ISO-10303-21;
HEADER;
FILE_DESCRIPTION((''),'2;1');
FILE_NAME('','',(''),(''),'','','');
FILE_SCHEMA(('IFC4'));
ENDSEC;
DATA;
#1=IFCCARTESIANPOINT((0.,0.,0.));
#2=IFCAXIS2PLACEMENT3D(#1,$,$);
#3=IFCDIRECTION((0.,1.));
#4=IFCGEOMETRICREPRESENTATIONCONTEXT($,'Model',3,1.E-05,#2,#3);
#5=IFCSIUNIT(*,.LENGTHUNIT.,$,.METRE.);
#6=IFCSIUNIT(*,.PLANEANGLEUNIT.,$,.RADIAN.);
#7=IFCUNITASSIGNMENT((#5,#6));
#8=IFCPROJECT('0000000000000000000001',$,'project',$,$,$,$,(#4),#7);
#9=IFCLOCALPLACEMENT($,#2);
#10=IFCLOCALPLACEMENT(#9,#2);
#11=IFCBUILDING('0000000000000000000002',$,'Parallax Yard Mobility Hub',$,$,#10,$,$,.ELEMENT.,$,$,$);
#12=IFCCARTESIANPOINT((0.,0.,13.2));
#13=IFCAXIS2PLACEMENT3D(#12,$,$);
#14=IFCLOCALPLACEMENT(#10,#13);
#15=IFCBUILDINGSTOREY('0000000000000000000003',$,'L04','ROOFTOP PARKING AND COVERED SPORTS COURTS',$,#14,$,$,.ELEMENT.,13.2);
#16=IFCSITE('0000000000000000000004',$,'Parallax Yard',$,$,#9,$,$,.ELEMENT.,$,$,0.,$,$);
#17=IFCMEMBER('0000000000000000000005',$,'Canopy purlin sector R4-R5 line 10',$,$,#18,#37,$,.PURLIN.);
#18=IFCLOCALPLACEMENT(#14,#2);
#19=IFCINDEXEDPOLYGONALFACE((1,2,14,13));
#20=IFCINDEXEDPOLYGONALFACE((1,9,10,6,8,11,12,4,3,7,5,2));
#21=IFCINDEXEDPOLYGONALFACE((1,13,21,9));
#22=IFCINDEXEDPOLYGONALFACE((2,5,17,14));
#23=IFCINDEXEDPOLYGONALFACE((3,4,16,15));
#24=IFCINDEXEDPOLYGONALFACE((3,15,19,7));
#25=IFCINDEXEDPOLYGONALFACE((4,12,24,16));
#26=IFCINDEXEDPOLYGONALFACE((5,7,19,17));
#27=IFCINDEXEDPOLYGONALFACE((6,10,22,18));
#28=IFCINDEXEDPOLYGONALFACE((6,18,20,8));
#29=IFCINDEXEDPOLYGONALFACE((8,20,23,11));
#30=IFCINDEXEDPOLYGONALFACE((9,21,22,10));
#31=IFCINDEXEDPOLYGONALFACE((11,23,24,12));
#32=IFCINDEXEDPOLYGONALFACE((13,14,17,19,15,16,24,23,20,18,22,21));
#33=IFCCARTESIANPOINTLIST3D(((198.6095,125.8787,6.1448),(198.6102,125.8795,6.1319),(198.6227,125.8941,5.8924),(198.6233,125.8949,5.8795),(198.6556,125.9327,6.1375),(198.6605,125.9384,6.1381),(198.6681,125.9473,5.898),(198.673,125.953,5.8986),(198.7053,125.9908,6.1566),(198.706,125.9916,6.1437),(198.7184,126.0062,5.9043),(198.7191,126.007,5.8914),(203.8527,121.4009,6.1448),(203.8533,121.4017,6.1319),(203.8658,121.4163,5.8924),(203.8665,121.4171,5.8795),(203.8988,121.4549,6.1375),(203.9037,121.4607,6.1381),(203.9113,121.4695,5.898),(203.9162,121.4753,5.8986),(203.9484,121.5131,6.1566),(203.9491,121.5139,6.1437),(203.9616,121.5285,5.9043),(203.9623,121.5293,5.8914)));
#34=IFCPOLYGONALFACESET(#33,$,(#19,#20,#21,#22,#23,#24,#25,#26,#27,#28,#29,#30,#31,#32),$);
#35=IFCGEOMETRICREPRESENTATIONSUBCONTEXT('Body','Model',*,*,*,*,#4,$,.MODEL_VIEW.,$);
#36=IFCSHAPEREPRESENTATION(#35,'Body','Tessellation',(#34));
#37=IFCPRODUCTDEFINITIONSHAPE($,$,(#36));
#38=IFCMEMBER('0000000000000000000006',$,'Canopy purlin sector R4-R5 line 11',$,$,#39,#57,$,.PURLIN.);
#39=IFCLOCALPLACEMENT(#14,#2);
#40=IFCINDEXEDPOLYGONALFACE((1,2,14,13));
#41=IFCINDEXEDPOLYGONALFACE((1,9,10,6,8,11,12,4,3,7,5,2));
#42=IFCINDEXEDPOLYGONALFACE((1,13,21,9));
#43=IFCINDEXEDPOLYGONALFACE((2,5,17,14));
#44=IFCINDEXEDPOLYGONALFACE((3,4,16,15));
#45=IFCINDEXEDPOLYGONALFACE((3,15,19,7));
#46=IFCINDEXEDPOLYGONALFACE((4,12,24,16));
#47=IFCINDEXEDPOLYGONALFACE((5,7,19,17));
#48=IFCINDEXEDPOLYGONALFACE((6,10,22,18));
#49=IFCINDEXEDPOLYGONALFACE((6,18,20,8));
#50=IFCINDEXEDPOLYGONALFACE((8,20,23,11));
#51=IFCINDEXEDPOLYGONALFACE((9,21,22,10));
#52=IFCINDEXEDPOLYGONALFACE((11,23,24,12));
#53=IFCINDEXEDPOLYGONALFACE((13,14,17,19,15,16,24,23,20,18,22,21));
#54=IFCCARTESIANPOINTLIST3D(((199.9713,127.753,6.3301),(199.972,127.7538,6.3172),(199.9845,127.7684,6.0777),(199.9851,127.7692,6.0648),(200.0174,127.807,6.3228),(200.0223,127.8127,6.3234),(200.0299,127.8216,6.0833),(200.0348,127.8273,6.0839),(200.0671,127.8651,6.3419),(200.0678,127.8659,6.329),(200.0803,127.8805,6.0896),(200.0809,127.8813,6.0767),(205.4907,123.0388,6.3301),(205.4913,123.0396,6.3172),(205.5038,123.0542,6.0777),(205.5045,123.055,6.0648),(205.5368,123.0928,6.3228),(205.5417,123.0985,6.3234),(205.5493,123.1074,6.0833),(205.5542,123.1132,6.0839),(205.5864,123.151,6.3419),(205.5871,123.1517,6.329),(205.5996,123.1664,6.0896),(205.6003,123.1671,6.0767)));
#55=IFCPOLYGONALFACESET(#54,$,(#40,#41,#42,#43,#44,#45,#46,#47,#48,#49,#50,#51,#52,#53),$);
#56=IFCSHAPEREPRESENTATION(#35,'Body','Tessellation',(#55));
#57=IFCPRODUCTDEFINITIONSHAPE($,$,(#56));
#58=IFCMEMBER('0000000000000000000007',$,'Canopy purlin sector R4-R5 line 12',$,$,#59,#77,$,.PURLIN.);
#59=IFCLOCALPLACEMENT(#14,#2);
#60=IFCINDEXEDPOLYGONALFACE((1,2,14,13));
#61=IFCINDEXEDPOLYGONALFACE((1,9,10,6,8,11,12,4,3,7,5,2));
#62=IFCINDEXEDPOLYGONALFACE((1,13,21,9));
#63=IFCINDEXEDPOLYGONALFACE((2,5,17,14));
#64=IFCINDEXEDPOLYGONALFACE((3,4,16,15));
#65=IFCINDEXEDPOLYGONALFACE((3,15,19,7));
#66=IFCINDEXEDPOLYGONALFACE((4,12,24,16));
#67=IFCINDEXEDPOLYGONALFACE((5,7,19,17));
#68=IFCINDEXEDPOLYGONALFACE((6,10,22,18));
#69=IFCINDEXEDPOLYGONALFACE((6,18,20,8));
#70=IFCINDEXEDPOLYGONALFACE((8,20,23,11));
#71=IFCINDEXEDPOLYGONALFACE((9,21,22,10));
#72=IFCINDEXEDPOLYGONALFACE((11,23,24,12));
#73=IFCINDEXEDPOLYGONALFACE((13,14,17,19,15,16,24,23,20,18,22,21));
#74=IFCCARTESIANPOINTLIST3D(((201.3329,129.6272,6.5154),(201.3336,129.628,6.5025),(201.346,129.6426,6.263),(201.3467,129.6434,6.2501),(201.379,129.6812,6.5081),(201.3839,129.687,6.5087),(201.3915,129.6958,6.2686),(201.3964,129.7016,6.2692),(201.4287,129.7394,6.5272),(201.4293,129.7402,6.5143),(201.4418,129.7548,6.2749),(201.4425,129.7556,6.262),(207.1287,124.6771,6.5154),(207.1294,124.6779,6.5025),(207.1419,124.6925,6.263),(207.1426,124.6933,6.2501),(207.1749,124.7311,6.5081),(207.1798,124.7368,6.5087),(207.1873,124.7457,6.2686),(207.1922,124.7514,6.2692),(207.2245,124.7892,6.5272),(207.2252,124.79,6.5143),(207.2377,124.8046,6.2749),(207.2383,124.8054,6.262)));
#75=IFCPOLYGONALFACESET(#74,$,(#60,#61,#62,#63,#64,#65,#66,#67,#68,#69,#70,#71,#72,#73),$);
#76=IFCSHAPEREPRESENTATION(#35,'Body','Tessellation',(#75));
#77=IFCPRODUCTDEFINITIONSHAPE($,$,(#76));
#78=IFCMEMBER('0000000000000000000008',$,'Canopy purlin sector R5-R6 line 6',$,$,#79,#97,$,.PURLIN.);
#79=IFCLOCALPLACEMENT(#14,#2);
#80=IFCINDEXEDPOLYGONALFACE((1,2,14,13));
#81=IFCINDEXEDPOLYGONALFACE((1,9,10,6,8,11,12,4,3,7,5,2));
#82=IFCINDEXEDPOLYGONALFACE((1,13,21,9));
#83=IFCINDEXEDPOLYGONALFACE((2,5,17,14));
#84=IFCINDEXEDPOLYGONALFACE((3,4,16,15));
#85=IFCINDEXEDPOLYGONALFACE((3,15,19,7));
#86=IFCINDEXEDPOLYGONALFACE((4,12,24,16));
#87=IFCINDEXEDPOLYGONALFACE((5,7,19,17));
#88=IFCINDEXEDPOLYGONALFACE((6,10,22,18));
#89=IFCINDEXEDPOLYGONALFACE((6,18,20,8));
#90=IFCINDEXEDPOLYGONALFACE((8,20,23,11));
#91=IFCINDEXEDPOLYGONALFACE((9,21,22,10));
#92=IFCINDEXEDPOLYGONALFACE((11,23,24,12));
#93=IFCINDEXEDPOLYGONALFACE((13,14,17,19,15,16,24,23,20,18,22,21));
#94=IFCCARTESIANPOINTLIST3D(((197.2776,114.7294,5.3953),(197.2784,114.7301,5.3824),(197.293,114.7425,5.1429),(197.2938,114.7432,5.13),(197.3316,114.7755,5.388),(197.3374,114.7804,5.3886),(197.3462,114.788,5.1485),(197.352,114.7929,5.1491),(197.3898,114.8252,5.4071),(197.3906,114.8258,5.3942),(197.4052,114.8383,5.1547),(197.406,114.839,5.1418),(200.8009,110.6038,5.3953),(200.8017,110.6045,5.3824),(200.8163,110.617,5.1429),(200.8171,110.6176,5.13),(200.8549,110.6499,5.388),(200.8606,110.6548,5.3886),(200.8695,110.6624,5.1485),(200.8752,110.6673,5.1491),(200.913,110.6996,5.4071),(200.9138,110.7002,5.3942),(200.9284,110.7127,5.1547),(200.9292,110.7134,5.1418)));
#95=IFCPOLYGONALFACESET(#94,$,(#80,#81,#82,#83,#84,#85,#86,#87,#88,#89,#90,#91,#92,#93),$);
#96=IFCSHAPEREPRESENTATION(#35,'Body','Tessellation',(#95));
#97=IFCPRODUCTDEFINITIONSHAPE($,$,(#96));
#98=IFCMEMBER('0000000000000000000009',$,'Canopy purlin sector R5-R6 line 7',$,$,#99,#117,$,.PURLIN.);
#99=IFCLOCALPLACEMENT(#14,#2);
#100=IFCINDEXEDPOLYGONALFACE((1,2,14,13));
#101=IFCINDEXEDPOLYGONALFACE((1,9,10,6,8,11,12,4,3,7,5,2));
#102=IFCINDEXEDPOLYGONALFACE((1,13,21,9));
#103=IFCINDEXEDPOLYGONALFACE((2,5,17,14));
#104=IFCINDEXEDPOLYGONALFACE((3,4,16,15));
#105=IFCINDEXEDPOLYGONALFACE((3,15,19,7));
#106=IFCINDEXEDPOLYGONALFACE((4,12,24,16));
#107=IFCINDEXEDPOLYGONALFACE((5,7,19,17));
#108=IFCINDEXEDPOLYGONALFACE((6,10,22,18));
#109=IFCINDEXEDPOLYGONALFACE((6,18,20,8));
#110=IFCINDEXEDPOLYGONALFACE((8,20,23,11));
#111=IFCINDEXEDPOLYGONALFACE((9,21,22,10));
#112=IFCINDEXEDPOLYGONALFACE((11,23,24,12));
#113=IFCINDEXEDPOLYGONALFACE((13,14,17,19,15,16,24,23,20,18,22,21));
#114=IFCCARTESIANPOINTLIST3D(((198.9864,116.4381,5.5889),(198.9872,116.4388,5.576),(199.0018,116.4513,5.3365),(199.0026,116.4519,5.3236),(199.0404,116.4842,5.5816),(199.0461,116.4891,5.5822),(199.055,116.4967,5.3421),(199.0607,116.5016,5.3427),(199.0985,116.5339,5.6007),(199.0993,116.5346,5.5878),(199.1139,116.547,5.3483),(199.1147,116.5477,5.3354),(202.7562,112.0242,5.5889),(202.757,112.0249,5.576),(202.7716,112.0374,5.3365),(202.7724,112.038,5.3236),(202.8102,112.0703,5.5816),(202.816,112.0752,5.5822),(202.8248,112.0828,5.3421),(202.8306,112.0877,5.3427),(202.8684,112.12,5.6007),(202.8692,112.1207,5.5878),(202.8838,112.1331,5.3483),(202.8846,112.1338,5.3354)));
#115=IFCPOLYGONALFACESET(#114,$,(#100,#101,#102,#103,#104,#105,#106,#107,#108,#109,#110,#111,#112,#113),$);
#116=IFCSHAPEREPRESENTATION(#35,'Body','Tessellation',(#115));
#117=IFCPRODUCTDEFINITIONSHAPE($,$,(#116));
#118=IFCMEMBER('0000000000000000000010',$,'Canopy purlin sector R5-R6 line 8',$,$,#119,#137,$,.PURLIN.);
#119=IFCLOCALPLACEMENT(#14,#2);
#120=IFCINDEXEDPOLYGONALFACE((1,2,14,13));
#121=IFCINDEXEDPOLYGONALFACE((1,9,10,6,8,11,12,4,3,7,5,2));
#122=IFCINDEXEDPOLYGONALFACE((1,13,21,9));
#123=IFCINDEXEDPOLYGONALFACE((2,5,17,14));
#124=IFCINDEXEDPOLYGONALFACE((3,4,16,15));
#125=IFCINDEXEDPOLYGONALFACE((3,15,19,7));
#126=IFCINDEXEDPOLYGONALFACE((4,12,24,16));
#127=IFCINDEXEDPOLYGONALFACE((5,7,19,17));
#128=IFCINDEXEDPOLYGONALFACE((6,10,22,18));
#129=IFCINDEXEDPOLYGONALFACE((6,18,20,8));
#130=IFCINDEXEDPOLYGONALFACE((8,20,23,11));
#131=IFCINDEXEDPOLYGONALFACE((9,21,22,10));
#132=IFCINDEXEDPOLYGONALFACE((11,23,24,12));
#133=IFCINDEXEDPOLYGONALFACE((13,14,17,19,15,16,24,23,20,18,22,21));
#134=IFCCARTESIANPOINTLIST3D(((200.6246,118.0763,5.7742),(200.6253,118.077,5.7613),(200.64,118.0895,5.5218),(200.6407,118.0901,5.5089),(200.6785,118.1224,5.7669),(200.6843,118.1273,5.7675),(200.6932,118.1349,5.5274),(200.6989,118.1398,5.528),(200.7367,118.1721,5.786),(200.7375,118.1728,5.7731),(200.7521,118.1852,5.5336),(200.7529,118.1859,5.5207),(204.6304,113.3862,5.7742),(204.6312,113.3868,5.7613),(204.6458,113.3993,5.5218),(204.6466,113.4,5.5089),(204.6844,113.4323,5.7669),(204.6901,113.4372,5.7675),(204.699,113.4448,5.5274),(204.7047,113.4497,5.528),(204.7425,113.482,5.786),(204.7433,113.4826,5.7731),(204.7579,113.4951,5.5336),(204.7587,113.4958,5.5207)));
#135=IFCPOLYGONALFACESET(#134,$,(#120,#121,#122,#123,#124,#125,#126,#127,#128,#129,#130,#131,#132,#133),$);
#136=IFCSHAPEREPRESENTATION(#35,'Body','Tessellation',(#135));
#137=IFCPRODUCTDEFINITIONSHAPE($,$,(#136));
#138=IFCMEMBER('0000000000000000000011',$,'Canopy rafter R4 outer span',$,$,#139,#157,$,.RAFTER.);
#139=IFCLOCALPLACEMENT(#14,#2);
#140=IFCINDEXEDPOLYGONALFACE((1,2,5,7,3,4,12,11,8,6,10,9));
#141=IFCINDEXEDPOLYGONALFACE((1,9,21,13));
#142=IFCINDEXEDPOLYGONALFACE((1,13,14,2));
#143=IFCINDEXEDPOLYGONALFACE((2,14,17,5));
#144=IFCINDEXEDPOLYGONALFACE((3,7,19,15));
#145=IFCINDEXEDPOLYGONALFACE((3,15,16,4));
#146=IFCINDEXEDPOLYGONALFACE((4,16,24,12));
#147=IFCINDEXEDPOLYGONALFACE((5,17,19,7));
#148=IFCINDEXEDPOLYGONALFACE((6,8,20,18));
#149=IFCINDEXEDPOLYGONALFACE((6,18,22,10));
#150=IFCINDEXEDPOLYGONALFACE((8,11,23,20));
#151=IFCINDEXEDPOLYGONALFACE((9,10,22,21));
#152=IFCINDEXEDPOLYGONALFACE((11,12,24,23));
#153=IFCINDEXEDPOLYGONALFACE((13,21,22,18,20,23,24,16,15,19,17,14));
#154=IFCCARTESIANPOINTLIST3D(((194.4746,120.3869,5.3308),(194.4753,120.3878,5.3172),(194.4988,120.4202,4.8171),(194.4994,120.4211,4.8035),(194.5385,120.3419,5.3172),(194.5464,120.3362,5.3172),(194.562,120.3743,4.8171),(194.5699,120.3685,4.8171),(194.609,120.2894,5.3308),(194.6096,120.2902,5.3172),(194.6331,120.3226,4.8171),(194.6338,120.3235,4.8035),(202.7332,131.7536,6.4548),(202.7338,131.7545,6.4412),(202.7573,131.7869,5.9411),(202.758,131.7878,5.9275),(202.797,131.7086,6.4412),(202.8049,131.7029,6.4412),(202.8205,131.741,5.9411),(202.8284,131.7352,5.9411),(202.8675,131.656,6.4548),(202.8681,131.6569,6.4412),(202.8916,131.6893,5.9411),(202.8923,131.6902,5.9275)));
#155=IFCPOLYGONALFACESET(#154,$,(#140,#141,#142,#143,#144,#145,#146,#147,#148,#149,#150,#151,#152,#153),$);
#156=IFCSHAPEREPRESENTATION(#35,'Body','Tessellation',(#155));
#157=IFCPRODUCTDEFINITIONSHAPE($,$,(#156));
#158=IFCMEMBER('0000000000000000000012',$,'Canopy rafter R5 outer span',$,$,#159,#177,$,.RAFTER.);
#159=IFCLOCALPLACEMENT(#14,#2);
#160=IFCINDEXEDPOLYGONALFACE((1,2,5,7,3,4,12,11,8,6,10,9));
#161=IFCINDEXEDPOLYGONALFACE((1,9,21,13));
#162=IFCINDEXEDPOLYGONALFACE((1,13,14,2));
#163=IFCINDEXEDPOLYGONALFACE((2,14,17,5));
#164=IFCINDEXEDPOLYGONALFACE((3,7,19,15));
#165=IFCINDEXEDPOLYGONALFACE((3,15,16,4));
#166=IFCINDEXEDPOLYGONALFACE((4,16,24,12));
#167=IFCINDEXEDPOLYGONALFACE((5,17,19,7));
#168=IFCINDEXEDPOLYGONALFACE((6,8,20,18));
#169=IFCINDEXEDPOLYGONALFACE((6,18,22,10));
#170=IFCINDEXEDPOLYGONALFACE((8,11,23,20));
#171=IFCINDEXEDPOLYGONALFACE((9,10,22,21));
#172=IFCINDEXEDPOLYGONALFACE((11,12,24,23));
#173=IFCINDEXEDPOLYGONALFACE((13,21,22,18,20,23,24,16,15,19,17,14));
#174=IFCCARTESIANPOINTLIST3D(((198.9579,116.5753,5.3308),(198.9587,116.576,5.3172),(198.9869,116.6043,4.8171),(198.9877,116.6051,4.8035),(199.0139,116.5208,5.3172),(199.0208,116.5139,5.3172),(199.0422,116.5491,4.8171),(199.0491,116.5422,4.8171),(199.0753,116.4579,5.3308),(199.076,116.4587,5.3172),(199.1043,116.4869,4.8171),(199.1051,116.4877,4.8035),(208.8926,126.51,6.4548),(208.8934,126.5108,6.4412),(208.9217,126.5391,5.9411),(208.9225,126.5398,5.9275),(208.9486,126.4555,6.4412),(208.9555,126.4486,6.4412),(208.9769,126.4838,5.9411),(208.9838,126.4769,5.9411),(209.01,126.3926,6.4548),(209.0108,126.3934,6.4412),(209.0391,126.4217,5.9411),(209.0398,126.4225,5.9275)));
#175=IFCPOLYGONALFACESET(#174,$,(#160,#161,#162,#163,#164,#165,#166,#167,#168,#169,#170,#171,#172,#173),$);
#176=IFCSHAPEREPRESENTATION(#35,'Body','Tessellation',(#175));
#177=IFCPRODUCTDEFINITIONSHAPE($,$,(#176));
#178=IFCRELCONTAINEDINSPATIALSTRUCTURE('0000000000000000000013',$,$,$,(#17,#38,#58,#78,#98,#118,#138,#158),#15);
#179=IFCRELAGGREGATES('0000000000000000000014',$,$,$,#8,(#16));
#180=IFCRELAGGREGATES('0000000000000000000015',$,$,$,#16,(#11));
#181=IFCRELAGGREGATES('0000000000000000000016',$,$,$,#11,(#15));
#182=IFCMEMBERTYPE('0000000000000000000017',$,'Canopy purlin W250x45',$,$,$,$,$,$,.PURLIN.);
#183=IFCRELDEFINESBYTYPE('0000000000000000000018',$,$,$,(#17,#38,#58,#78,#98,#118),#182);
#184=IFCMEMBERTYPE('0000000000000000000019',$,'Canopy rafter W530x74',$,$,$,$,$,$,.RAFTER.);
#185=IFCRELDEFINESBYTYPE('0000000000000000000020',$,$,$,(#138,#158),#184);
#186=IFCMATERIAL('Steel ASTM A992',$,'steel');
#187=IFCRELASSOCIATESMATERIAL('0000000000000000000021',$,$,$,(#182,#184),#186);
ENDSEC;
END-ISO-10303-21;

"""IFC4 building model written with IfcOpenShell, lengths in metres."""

from ifc_helpers import new_model, si_unit, direction, frame, origin, origin_2d, place, context, subcontext, project, spatial, i_section, extrude, material, material_profile, profile_set, type_object, element, save


model = new_model("IFC4")

# Units and contexts
model_context = context("Model", 3, precision=1e-05, world=origin(), true_north=direction((0.0, 1.0)))
body_context = subcontext(model_context, "Body", "Model", "MODEL_VIEW")
ifc_project = project(units=[si_unit("LENGTHUNIT", "METRE"), si_unit("PLANEANGLEUNIT", "RADIAN")], contexts=[model_context])

# Site, building, storey
site_placement = place(None, origin())
site = spatial("IfcSite", under=ifc_project, at=site_placement, Name="Parallax Yard", CompositionType="ELEMENT", RefElevation=0.0)
building_placement = place(site_placement, origin())
building = spatial("IfcBuilding", under=site, at=building_placement, Name="Parallax Yard Mobility Hub", CompositionType="ELEMENT")
storey_placement = place(building_placement, frame((0.0, 0.0, 13.2)))
storey = spatial("IfcBuildingStorey", under=building, at=storey_placement, Name="L04", Description="ROOFTOP PARKING AND COVERED SPORTS COURTS", CompositionType="ELEMENT", Elevation=13.2)

# Members
ifc_material_1 = material(Name="Steel ASTM A992", Category="steel")
ifc_material_profile_1 = material_profile(ifc_material_1, i_section(OverallWidth=0.1479, OverallDepth=0.2661, WebThickness=0.0076, FlangeThickness=0.0129, at=origin_2d()), Name="W250x45")
ifc_profile_set_1 = profile_set([ifc_material_profile_1], Name="Steel ASTM A992")
member_type_1 = type_object("IfcMemberType", Name="Canopy purlin W250x45", PredefinedType="PURLIN", material=ifc_profile_set_1)
member_1_placement = place(storey_placement, frame((198.6643, 125.9429, 6.0181), z_axis=(0.760428, -0.649423, 0.0), x_axis=(0.647342, 0.757991, 0.07999)))
element("IfcMember", 1, at=member_1_placement, inside=storey, type_object=member_type_1, Name="Canopy purlin sector R4-R5 line 10", PredefinedType="PURLIN", context=body_context, shape_type="SweptSolid", body=[
    extrude(i_section(OverallWidth=0.1479, OverallDepth=0.2661, WebThickness=0.0076, FlangeThickness=0.0129, at=origin_2d()), origin(), (0.0, 0.0, 1.0), 6.895),
])
member_2_placement = place(storey_placement, frame((200.0261, 127.8171, 6.2034), z_axis=(0.760393, -0.649464, 0.0), x_axis=(0.647382, 0.757956, 0.07999)))
element("IfcMember", 2, at=member_2_placement, inside=storey, type_object=member_type_1, Name="Canopy purlin sector R4-R5 line 11", PredefinedType="PURLIN", context=body_context, shape_type="SweptSolid", body=[
    extrude(i_section(OverallWidth=0.1479, OverallDepth=0.2661, WebThickness=0.0076, FlangeThickness=0.0129, at=origin_2d()), origin(), (0.0, 0.0, 1.0), 7.2585),
])
member_3_placement = place(storey_placement, frame((201.3877, 129.6914, 6.3887), z_axis=(0.760404, -0.64945, 0.0), x_axis=(0.647369, 0.757967, 0.07999)))
element("IfcMember", 3, at=member_3_placement, inside=storey, type_object=member_type_1, Name="Canopy purlin sector R4-R5 line 12", PredefinedType="PURLIN", context=body_context, shape_type="SweptSolid", body=[
    extrude(i_section(OverallWidth=0.1479, OverallDepth=0.2661, WebThickness=0.0076, FlangeThickness=0.0129, at=origin_2d()), origin(), (0.0, 0.0, 1.0), 7.6221),
])
member_4_placement = place(storey_placement, frame((197.3418, 114.7842, 5.2686), z_axis=(0.649415, -0.760434, 0.0), x_axis=(0.757997, 0.647334, 0.07999)))
element("IfcMember", 4, at=member_4_placement, inside=storey, type_object=member_type_1, Name="Canopy purlin sector R5-R6 line 6", PredefinedType="PURLIN", context=body_context, shape_type="SweptSolid", body=[
    extrude(i_section(OverallWidth=0.1479, OverallDepth=0.2661, WebThickness=0.0076, FlangeThickness=0.0129, at=origin_2d()), origin(), (0.0, 0.0, 1.0), 5.4253),
])
member_5_placement = place(storey_placement, frame((199.0505, 116.4929, 5.4622), z_axis=(0.64945, -0.760404, 0.0), x_axis=(0.757968, 0.647369, 0.07999)))
element("IfcMember", 5, at=member_5_placement, inside=storey, type_object=member_type_1, Name="Canopy purlin sector R5-R6 line 7", PredefinedType="PURLIN", context=body_context, shape_type="SweptSolid", body=[
    extrude(i_section(OverallWidth=0.1479, OverallDepth=0.2661, WebThickness=0.0076, FlangeThickness=0.0129, at=origin_2d()), origin(), (0.0, 0.0, 1.0), 5.8047),
])
member_6_placement = place(storey_placement, frame((200.6887, 118.1311, 5.6475), z_axis=(0.649454, -0.760401, 0.0), x_axis=(0.757964, 0.647373, 0.07999)))
element("IfcMember", 6, at=member_6_placement, inside=storey, type_object=member_type_1, Name="Canopy purlin sector R5-R6 line 8", PredefinedType="PURLIN", context=body_context, shape_type="SweptSolid", body=[
    extrude(i_section(OverallWidth=0.1479, OverallDepth=0.2661, WebThickness=0.0076, FlangeThickness=0.0129, at=origin_2d()), origin(), (0.0, 0.0, 1.0), 6.168),
])
ifc_material_profile_2 = material_profile(ifc_material_1, i_section(OverallWidth=0.166, OverallDepth=0.5291, WebThickness=0.0098, FlangeThickness=0.0137, at=origin_2d()), Name="W530x74")
ifc_profile_set_2 = profile_set([ifc_material_profile_2], Name="Steel ASTM A992")
member_type_2 = type_object("IfcMemberType", Name="Canopy rafter W530x74", PredefinedType="RAFTER", material=ifc_profile_set_2)
member_7_placement = place(storey_placement, frame((194.5542, 120.3552, 5.0671), z_axis=(0.58592, 0.806435, 0.079746), x_axis=(-0.809012, 0.587792, 0.0)))
element("IfcMember", 7, at=member_7_placement, inside=storey, type_object=member_type_2, Name="Canopy rafter R4 outer span", PredefinedType="RAFTER", context=body_context, shape_type="SweptSolid", body=[
    extrude(i_section(OverallWidth=0.166, OverallDepth=0.5291, WebThickness=0.0098, FlangeThickness=0.0137, at=origin_2d()), origin(), (0.0, 0.0, 1.0), 14.095),
])
member_8_placement = place(storey_placement, frame((199.0315, 116.5315, 5.0671), z_axis=(0.704855, 0.704855, 0.079747), x_axis=(-0.707107, 0.707107, 0.0)))
element("IfcMember", 8, at=member_8_placement, inside=storey, type_object=member_type_2, Name="Canopy rafter R5 outer span", PredefinedType="RAFTER", context=body_context, shape_type="SweptSolid", body=[
    extrude(i_section(OverallWidth=0.166, OverallDepth=0.5291, WebThickness=0.0098, FlangeThickness=0.0137, at=origin_2d()), origin(), (0.0, 0.0, 1.0), 14.0947),
])

save(model, "model.ifc")
